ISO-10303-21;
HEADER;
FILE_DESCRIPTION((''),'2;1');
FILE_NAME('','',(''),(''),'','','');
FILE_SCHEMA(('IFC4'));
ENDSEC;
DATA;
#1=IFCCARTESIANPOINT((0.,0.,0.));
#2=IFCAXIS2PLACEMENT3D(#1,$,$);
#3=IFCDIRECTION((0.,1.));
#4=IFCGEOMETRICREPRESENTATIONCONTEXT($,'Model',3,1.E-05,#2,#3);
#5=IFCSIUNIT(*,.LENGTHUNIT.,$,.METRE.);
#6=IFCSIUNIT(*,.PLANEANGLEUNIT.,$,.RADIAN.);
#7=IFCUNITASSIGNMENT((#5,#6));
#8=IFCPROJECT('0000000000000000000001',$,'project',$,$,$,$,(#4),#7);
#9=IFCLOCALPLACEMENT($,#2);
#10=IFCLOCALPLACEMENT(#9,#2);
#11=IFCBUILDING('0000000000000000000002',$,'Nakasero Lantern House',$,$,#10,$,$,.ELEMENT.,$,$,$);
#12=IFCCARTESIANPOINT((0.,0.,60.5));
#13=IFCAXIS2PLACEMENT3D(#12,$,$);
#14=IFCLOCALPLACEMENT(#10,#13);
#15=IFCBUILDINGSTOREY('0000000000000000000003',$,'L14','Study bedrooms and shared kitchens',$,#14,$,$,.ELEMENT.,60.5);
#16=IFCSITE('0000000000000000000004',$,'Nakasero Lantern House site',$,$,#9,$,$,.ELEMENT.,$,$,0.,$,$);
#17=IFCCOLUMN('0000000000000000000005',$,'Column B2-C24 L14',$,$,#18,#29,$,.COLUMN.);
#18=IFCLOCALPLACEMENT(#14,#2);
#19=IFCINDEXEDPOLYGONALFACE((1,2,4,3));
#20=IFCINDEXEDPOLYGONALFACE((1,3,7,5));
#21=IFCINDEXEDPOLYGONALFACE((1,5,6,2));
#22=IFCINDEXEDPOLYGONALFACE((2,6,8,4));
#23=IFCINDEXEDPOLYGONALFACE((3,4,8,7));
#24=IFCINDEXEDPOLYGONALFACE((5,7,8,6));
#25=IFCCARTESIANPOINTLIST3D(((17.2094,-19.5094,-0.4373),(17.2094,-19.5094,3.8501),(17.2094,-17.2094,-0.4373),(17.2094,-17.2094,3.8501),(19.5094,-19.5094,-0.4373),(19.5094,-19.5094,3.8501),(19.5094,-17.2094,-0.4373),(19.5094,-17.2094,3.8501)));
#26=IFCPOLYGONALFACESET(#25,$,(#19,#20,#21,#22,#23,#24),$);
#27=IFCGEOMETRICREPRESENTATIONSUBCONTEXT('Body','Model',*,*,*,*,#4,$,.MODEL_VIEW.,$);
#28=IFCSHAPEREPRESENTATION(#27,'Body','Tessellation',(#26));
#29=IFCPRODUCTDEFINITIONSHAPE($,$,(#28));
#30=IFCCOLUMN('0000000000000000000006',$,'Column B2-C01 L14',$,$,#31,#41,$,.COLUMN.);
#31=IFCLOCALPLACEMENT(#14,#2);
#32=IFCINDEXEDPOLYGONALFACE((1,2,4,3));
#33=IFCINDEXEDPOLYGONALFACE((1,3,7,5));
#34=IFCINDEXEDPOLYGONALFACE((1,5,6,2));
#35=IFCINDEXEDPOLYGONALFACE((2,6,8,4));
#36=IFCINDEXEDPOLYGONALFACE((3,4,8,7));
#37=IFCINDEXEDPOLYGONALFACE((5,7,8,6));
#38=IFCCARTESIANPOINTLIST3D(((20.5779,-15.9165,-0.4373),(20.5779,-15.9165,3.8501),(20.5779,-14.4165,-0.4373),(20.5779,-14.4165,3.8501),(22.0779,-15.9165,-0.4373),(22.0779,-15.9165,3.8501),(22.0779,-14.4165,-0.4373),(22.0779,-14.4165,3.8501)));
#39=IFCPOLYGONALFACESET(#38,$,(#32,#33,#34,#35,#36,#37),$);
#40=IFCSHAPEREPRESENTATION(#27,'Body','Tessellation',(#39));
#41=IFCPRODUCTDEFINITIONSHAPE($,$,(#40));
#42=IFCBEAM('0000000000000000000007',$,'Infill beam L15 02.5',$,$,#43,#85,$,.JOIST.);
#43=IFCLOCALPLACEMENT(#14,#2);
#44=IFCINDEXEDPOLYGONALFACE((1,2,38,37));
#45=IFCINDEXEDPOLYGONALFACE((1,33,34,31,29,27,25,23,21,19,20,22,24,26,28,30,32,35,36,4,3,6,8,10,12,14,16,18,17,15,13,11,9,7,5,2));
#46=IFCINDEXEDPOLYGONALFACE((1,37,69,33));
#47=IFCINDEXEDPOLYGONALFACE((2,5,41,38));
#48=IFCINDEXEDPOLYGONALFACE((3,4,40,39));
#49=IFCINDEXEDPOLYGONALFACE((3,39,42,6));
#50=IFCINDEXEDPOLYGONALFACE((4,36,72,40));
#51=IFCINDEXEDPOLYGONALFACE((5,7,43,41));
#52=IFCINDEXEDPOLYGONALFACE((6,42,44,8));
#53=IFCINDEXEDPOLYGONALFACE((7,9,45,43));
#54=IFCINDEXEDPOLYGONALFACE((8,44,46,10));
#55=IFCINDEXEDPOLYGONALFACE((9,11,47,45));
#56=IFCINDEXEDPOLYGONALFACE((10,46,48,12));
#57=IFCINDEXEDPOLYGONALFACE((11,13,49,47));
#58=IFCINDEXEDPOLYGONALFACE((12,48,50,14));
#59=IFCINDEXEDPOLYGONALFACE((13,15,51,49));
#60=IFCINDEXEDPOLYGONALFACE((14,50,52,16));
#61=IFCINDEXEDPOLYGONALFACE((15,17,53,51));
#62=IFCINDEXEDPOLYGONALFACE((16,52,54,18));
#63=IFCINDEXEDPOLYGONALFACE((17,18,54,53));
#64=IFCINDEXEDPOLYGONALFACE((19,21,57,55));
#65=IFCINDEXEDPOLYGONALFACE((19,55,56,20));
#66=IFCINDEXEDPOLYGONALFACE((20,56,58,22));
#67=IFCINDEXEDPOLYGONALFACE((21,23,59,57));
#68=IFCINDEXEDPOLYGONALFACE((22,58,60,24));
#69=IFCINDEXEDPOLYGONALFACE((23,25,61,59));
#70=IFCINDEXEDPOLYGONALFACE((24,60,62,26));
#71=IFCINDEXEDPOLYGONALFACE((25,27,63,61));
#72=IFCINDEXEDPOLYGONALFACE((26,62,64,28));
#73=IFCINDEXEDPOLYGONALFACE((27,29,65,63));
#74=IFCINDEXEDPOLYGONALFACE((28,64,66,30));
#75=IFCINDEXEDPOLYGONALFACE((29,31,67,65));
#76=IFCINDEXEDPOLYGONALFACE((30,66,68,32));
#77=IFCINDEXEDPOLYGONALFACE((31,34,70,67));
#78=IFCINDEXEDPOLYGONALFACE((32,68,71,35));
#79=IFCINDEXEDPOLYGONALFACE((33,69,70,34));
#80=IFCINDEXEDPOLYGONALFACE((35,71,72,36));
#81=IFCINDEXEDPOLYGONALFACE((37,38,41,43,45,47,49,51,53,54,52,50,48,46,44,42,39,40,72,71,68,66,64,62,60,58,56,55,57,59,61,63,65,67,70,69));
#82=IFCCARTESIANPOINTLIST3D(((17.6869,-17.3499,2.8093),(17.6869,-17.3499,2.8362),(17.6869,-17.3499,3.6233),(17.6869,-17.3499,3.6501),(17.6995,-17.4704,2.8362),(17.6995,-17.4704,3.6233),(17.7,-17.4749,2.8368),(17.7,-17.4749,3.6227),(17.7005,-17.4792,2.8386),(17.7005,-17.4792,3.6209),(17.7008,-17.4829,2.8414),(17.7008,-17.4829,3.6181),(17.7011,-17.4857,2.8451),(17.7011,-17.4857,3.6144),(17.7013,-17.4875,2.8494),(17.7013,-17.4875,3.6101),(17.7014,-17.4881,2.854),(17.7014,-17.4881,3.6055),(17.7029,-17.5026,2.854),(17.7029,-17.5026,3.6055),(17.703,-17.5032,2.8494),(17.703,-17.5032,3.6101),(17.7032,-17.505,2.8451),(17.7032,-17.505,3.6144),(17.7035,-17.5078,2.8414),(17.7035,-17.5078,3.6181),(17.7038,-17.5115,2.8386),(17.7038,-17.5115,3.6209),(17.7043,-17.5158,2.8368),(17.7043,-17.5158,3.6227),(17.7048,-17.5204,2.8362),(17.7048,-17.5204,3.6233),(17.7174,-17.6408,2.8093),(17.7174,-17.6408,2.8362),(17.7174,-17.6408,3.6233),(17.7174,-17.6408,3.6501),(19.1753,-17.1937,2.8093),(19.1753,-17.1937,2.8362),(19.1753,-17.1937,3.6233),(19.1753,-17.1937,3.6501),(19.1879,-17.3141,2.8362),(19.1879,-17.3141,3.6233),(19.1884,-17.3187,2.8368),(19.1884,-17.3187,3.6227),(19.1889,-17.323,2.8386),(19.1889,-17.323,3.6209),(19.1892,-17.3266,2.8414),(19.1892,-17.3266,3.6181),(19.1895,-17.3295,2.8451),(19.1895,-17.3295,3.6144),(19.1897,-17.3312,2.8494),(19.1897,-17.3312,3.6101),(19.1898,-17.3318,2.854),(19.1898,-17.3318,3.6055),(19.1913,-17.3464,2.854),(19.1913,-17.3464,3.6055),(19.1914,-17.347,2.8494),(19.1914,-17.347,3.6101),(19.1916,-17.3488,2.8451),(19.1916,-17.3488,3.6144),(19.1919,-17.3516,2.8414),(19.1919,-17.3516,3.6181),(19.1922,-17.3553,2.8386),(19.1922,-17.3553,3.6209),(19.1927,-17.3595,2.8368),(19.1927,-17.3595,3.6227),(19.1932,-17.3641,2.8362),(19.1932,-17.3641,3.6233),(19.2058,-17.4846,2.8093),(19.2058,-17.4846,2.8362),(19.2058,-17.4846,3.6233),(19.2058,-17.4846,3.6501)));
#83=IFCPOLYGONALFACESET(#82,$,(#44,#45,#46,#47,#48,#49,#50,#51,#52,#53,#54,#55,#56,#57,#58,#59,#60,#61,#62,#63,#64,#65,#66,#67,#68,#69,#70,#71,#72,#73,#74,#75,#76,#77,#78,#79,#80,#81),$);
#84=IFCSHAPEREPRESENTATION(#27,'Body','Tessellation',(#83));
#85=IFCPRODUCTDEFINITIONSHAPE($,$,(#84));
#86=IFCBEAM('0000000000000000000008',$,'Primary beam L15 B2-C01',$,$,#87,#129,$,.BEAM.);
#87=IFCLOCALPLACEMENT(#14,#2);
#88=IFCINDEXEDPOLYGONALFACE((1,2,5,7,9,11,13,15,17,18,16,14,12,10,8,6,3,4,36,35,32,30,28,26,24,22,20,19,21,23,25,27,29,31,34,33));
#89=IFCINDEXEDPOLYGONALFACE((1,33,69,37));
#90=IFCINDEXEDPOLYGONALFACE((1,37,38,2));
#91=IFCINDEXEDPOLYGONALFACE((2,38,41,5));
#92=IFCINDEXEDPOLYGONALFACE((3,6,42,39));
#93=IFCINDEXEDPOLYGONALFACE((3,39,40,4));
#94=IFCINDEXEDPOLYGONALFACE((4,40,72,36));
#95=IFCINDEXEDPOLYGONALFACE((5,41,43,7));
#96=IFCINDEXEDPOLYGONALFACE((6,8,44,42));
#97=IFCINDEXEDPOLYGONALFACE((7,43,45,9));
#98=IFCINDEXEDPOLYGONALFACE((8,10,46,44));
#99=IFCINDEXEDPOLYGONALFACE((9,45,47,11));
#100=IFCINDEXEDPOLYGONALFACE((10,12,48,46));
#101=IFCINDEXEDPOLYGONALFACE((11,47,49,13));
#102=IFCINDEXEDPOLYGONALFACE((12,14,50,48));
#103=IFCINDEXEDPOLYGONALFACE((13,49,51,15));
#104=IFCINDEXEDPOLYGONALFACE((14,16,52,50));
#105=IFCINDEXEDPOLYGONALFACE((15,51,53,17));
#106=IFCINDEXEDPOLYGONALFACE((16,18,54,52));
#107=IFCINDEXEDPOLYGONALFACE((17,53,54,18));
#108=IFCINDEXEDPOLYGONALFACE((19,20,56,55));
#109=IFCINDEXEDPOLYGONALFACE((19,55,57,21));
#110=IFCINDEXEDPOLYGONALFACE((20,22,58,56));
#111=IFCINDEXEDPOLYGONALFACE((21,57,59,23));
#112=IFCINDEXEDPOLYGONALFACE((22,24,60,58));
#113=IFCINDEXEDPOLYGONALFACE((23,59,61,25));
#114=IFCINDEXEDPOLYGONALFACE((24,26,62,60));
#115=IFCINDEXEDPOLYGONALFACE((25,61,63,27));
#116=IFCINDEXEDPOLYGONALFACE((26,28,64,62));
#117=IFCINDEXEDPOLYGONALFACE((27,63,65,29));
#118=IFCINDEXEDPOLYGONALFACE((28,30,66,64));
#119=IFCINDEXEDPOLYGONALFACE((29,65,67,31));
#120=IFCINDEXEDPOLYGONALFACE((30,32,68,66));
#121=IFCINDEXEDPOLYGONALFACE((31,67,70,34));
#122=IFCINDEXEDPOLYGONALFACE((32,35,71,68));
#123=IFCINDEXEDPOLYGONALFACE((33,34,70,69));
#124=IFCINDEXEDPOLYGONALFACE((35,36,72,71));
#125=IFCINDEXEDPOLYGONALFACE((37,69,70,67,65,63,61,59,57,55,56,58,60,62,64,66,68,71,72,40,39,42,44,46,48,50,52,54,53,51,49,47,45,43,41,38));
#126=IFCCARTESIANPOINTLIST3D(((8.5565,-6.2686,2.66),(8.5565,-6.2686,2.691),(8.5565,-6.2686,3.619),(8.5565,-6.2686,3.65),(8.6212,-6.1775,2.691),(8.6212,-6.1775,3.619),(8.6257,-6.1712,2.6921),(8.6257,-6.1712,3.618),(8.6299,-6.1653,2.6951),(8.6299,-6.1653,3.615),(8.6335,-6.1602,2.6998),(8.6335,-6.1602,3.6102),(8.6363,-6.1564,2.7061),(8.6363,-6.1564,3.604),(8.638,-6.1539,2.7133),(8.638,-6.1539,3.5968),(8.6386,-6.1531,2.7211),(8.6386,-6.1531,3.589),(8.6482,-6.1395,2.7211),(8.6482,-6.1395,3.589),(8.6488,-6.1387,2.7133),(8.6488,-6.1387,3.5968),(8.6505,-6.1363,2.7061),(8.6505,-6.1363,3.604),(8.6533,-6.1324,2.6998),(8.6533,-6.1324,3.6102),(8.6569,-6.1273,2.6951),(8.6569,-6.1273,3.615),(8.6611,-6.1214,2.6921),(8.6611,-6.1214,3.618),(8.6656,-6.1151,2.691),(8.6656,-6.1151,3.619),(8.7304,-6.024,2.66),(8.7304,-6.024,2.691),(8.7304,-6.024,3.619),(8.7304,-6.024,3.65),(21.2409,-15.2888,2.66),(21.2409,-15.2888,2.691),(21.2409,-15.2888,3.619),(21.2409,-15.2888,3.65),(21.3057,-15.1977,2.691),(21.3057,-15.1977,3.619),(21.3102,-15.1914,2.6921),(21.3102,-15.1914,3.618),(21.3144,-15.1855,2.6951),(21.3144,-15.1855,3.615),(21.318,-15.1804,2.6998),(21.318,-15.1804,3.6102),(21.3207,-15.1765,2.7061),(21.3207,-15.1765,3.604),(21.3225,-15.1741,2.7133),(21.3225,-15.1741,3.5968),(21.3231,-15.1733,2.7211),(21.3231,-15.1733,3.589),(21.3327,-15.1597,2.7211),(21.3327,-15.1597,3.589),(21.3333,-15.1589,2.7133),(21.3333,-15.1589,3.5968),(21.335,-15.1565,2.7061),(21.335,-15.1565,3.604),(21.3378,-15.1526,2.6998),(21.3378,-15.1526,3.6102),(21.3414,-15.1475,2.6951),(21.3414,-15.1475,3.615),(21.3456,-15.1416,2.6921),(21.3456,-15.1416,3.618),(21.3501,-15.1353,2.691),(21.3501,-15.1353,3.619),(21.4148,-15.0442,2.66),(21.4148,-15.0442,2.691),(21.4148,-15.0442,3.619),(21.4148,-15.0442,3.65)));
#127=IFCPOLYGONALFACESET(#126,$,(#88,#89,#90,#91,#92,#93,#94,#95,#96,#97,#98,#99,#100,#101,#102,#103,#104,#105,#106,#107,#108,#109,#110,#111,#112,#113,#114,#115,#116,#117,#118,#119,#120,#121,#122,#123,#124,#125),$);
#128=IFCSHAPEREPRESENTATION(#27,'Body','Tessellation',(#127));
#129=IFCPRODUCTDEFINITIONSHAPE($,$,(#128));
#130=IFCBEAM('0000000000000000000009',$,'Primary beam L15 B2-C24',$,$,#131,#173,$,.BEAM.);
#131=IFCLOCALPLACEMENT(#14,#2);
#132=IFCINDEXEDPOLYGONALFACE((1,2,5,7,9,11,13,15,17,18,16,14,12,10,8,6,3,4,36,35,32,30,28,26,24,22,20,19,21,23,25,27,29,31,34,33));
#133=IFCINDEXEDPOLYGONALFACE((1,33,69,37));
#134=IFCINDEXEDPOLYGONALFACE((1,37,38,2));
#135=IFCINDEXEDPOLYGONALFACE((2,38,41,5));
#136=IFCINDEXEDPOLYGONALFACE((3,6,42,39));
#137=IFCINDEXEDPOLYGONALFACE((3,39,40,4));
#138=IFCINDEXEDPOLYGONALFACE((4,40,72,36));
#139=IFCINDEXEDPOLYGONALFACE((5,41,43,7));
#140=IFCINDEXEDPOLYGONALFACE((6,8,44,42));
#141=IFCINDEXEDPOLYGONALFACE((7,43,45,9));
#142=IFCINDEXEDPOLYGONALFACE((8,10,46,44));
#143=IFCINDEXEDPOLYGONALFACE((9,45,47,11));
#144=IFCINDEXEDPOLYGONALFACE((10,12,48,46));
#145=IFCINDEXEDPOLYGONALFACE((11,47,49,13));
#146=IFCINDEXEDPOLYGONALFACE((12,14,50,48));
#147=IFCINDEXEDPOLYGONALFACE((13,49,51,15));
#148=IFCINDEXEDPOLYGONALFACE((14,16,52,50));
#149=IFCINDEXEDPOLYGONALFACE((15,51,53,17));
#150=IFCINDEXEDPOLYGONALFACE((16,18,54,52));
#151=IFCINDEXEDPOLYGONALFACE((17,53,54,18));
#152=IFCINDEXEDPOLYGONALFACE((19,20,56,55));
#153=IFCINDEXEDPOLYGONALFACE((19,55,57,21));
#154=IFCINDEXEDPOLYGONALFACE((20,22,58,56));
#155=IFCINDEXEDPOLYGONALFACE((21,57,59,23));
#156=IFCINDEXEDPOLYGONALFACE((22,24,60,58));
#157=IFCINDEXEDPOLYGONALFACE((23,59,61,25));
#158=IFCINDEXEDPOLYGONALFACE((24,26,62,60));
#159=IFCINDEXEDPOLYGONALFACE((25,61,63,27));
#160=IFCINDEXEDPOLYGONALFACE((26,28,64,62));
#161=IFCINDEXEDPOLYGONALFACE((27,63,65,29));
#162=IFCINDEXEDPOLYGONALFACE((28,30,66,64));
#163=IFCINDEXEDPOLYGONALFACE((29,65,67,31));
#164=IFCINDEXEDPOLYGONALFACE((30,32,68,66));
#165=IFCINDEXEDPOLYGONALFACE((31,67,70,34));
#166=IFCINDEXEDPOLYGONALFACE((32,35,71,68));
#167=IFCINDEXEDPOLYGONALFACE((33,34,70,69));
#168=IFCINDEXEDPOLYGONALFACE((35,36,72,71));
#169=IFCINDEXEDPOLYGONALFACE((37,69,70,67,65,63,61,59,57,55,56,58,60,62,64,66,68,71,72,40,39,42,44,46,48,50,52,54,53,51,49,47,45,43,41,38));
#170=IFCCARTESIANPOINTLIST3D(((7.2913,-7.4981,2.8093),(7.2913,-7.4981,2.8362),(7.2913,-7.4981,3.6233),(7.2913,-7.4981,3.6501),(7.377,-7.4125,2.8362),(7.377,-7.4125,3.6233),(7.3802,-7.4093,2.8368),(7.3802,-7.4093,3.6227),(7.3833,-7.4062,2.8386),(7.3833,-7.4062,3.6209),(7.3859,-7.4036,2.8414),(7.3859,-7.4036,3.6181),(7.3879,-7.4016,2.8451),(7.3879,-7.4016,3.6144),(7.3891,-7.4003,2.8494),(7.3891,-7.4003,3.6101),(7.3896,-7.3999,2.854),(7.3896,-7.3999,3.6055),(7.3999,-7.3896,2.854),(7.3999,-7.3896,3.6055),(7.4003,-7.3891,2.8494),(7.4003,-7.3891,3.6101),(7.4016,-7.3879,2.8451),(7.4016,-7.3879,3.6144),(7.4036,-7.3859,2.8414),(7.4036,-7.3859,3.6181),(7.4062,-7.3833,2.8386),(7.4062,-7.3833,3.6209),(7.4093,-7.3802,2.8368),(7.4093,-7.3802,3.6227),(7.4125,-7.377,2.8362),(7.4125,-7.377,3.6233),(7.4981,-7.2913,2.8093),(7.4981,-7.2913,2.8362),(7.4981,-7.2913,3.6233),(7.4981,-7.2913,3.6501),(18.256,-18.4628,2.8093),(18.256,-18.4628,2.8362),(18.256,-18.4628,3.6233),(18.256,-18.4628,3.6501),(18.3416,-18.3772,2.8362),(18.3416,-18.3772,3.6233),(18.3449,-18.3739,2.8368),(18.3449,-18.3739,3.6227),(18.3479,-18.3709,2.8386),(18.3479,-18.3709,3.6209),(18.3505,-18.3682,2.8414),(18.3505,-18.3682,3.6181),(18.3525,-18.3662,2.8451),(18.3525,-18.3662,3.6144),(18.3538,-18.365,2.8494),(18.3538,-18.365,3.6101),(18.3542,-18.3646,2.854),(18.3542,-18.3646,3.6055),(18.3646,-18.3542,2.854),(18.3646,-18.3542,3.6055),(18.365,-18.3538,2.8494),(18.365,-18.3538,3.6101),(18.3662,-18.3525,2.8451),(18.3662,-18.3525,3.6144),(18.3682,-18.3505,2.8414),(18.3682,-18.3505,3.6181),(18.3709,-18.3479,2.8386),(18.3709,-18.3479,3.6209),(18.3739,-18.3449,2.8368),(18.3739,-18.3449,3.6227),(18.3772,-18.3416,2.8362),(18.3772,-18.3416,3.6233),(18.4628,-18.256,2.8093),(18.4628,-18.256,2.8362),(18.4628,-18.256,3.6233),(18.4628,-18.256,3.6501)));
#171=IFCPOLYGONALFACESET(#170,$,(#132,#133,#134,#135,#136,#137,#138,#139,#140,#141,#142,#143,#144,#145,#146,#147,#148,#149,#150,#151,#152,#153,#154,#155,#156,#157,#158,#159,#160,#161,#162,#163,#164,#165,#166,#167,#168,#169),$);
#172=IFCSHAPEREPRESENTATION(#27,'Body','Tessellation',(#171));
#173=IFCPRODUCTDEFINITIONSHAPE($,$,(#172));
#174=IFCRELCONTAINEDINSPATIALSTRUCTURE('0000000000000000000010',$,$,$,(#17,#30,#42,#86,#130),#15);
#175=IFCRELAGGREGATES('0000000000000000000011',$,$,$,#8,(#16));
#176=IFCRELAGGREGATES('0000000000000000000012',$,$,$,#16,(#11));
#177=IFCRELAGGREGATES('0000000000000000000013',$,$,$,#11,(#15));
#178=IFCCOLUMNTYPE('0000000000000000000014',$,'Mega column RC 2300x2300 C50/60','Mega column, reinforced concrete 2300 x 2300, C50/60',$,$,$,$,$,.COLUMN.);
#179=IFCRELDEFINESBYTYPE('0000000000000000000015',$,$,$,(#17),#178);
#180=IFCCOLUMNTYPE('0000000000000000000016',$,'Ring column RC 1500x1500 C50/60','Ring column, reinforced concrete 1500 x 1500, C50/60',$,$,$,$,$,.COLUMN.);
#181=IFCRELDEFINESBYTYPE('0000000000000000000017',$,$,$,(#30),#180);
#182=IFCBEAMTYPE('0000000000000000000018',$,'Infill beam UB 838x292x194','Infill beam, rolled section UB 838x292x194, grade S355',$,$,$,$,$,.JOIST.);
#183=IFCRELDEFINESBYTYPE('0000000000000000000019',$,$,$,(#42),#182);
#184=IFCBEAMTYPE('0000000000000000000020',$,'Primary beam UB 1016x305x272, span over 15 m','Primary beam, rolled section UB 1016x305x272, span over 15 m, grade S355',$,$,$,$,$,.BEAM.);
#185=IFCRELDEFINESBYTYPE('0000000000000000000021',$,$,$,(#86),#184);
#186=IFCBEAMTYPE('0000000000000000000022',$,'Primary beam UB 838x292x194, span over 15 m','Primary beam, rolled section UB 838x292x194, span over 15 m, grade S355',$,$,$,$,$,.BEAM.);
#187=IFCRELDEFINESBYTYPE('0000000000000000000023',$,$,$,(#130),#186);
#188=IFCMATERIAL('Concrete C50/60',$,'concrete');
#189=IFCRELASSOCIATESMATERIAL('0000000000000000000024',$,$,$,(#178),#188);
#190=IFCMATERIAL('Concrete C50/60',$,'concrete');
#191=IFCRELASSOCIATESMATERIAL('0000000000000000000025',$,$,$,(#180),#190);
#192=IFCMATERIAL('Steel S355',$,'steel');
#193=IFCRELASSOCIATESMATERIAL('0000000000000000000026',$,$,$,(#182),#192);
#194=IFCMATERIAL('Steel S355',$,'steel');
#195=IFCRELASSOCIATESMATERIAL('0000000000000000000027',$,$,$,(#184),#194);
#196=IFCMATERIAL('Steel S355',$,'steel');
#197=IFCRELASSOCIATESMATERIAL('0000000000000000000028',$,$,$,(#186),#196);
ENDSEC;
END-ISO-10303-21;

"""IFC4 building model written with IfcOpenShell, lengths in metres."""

from ifc_helpers import new_model, si_unit, direction, frame, origin, origin_2d, place, context, subcontext, project, spatial, rectangle, i_section, extrude, material, material_profile, profile_set, type_object, element, save


model = new_model("IFC4")

# Units and contexts
model_context = context("Model", 3, precision=1e-05, world=origin(), true_north=direction((0.0, 1.0)))
body_context = subcontext(model_context, "Body", "Model", "MODEL_VIEW")
ifc_project = project(units=[si_unit("LENGTHUNIT", "METRE"), si_unit("PLANEANGLEUNIT", "RADIAN")], contexts=[model_context])

# Site, building, storey
site_placement = place(None, origin())
site = spatial("IfcSite", under=ifc_project, at=site_placement, Name="Nakasero Lantern House site", CompositionType="ELEMENT", RefElevation=0.0)
building_placement = place(site_placement, origin())
building = spatial("IfcBuilding", under=site, at=building_placement, Name="Nakasero Lantern House", CompositionType="ELEMENT")
storey_placement = place(building_placement, frame((0.0, 0.0, 60.5)))
storey = spatial("IfcBuildingStorey", under=building, at=storey_placement, Name="L14", Description="Study bedrooms and shared kitchens", CompositionType="ELEMENT", Elevation=60.5)

# Columns
ifc_material_1 = material(Name="Concrete C50/60", Category="concrete")
ifc_material_profile_1 = material_profile(ifc_material_1, rectangle(XDim=2.3, YDim=2.3, at=origin_2d()), Name="RC 2300x2300")
ifc_profile_set_1 = profile_set([ifc_material_profile_1], Name="Concrete C50/60")
column_type_1 = type_object("IfcColumnType", Name="Mega column RC 2300x2300 C50/60", Description="Mega column, reinforced concrete 2300 x 2300, C50/60", PredefinedType="COLUMN", material=ifc_profile_set_1)
column_1_placement = place(storey_placement, frame((18.3594, -18.3594, -0.4373), z_axis=(0.0, 0.0, 1.0), x_axis=(1.0, 0.0, 0.0)))
element("IfcColumn", 1, at=column_1_placement, inside=storey, type_object=column_type_1, Name="Column B2-C24 L14", PredefinedType="COLUMN", context=body_context, shape_type="SweptSolid", body=[
    extrude(rectangle(XDim=2.3, YDim=2.3, at=origin_2d()), origin(), (0.0, 0.0, 1.0), 4.2874),
])
ifc_material_2 = material(Name="Concrete C50/60", Category="concrete")
ifc_material_profile_2 = material_profile(ifc_material_2, rectangle(XDim=1.5, YDim=1.5, at=origin_2d()), Name="RC 1500x1500")
ifc_profile_set_2 = profile_set([ifc_material_profile_2], Name="Concrete C50/60")
column_type_2 = type_object("IfcColumnType", Name="Ring column RC 1500x1500 C50/60", Description="Ring column, reinforced concrete 1500 x 1500, C50/60", PredefinedType="COLUMN", material=ifc_profile_set_2)
column_2_placement = place(storey_placement, frame((21.3279, -15.1665, -0.4373), z_axis=(0.0, 0.0, 1.0), x_axis=(1.0, 0.0, 0.0)))
element("IfcColumn", 2, at=column_2_placement, inside=storey, type_object=column_type_2, Name="Column B2-C01 L14", PredefinedType="COLUMN", context=body_context, shape_type="SweptSolid", body=[
    extrude(rectangle(XDim=1.5, YDim=1.5, at=origin_2d()), origin(), (0.0, 0.0, 1.0), 4.2874),
])

# Beams
ifc_material_3 = material(Name="Steel S355", Category="steel")
ifc_material_profile_3 = material_profile(ifc_material_3, i_section(OverallWidth=0.2925, OverallDepth=0.8408, WebThickness=0.0146, FlangeThickness=0.0269, FilletRadius=0.0178, at=origin_2d()), Name="UB 838x292x194")
ifc_profile_set_3 = profile_set([ifc_material_profile_3], Name="Steel S355")
beam_type_1 = type_object("IfcBeamType", Name="Infill beam UB 838x292x194", Description="Infill beam, rolled section UB 838x292x194, grade S355", PredefinedType="JOIST", material=ifc_profile_set_3)
beam_1_placement = place(storey_placement, frame((17.7021, -17.4954, 3.2297), z_axis=(0.994536, 0.104396, 0.0), x_axis=(-0.104396, 0.994536, 0.0)))
element("IfcBeam", 3, at=beam_1_placement, inside=storey, type_object=beam_type_1, Name="Infill beam L15 02.5", PredefinedType="JOIST", context=body_context, shape_type="SweptSolid", body=[
    extrude(i_section(OverallWidth=0.2925, OverallDepth=0.8408, WebThickness=0.0146, FlangeThickness=0.0269, FilletRadius=0.0178, at=origin_2d()), origin(), (0.0, 0.0, 1.0), 1.4966),
])
ifc_material_4 = material(Name="Steel S355", Category="steel")
ifc_material_profile_4 = material_profile(ifc_material_4, i_section(OverallWidth=0.3, OverallDepth=0.99, WebThickness=0.0166, FlangeThickness=0.031, FilletRadius=0.03, at=origin_2d()), Name="UB 1016x305x272")
ifc_profile_set_4 = profile_set([ifc_material_profile_4], Name="Steel S355")
beam_type_2 = type_object("IfcBeamType", Name="Primary beam UB 1016x305x272, span over 15 m", Description="Primary beam, rolled section UB 1016x305x272, span over 15 m, grade S355", PredefinedType="BEAM", material=ifc_profile_set_4)
beam_2_placement = place(storey_placement, frame((21.3279, -15.1665, 3.155), z_axis=(-0.814952, 0.579529, 0.0), x_axis=(-0.579529, -0.814952, 0.0)))
element("IfcBeam", 4, at=beam_2_placement, inside=storey, type_object=beam_type_2, Name="Primary beam L15 B2-C01", PredefinedType="BEAM", context=body_context, shape_type="SweptSolid", body=[
    extrude(i_section(OverallWidth=0.3, OverallDepth=0.99, WebThickness=0.0166, FlangeThickness=0.031, FilletRadius=0.03, at=origin_2d()), origin(), (0.0, 0.0, 1.0), 15.5647),
])
ifc_material_5 = material(Name="Steel S355", Category="steel")
ifc_material_profile_5 = material_profile(ifc_material_5, i_section(OverallWidth=0.2925, OverallDepth=0.8408, WebThickness=0.0146, FlangeThickness=0.0269, FilletRadius=0.0178, at=origin_2d()), Name="UB 838x292x194")
ifc_profile_set_5 = profile_set([ifc_material_profile_5], Name="Steel S355")
beam_type_3 = type_object("IfcBeamType", Name="Primary beam UB 838x292x194, span over 15 m", Description="Primary beam, rolled section UB 838x292x194, span over 15 m, grade S355", PredefinedType="BEAM", material=ifc_profile_set_5)
beam_3_placement = place(storey_placement, frame((18.3594, -18.3594, 3.2297), z_axis=(-0.707107, 0.707107, 0.0), x_axis=(-0.707107, -0.707107, 0.0)))
element("IfcBeam", 5, at=beam_3_placement, inside=storey, type_object=beam_type_3, Name="Primary beam L15 B2-C24", PredefinedType="BEAM", context=body_context, shape_type="SweptSolid", body=[
    extrude(i_section(OverallWidth=0.2925, OverallDepth=0.8408, WebThickness=0.0146, FlangeThickness=0.0269, FilletRadius=0.0178, at=origin_2d()), origin(), (0.0, 0.0, 1.0), 15.5063),
])

save(model, "model.ifc")
